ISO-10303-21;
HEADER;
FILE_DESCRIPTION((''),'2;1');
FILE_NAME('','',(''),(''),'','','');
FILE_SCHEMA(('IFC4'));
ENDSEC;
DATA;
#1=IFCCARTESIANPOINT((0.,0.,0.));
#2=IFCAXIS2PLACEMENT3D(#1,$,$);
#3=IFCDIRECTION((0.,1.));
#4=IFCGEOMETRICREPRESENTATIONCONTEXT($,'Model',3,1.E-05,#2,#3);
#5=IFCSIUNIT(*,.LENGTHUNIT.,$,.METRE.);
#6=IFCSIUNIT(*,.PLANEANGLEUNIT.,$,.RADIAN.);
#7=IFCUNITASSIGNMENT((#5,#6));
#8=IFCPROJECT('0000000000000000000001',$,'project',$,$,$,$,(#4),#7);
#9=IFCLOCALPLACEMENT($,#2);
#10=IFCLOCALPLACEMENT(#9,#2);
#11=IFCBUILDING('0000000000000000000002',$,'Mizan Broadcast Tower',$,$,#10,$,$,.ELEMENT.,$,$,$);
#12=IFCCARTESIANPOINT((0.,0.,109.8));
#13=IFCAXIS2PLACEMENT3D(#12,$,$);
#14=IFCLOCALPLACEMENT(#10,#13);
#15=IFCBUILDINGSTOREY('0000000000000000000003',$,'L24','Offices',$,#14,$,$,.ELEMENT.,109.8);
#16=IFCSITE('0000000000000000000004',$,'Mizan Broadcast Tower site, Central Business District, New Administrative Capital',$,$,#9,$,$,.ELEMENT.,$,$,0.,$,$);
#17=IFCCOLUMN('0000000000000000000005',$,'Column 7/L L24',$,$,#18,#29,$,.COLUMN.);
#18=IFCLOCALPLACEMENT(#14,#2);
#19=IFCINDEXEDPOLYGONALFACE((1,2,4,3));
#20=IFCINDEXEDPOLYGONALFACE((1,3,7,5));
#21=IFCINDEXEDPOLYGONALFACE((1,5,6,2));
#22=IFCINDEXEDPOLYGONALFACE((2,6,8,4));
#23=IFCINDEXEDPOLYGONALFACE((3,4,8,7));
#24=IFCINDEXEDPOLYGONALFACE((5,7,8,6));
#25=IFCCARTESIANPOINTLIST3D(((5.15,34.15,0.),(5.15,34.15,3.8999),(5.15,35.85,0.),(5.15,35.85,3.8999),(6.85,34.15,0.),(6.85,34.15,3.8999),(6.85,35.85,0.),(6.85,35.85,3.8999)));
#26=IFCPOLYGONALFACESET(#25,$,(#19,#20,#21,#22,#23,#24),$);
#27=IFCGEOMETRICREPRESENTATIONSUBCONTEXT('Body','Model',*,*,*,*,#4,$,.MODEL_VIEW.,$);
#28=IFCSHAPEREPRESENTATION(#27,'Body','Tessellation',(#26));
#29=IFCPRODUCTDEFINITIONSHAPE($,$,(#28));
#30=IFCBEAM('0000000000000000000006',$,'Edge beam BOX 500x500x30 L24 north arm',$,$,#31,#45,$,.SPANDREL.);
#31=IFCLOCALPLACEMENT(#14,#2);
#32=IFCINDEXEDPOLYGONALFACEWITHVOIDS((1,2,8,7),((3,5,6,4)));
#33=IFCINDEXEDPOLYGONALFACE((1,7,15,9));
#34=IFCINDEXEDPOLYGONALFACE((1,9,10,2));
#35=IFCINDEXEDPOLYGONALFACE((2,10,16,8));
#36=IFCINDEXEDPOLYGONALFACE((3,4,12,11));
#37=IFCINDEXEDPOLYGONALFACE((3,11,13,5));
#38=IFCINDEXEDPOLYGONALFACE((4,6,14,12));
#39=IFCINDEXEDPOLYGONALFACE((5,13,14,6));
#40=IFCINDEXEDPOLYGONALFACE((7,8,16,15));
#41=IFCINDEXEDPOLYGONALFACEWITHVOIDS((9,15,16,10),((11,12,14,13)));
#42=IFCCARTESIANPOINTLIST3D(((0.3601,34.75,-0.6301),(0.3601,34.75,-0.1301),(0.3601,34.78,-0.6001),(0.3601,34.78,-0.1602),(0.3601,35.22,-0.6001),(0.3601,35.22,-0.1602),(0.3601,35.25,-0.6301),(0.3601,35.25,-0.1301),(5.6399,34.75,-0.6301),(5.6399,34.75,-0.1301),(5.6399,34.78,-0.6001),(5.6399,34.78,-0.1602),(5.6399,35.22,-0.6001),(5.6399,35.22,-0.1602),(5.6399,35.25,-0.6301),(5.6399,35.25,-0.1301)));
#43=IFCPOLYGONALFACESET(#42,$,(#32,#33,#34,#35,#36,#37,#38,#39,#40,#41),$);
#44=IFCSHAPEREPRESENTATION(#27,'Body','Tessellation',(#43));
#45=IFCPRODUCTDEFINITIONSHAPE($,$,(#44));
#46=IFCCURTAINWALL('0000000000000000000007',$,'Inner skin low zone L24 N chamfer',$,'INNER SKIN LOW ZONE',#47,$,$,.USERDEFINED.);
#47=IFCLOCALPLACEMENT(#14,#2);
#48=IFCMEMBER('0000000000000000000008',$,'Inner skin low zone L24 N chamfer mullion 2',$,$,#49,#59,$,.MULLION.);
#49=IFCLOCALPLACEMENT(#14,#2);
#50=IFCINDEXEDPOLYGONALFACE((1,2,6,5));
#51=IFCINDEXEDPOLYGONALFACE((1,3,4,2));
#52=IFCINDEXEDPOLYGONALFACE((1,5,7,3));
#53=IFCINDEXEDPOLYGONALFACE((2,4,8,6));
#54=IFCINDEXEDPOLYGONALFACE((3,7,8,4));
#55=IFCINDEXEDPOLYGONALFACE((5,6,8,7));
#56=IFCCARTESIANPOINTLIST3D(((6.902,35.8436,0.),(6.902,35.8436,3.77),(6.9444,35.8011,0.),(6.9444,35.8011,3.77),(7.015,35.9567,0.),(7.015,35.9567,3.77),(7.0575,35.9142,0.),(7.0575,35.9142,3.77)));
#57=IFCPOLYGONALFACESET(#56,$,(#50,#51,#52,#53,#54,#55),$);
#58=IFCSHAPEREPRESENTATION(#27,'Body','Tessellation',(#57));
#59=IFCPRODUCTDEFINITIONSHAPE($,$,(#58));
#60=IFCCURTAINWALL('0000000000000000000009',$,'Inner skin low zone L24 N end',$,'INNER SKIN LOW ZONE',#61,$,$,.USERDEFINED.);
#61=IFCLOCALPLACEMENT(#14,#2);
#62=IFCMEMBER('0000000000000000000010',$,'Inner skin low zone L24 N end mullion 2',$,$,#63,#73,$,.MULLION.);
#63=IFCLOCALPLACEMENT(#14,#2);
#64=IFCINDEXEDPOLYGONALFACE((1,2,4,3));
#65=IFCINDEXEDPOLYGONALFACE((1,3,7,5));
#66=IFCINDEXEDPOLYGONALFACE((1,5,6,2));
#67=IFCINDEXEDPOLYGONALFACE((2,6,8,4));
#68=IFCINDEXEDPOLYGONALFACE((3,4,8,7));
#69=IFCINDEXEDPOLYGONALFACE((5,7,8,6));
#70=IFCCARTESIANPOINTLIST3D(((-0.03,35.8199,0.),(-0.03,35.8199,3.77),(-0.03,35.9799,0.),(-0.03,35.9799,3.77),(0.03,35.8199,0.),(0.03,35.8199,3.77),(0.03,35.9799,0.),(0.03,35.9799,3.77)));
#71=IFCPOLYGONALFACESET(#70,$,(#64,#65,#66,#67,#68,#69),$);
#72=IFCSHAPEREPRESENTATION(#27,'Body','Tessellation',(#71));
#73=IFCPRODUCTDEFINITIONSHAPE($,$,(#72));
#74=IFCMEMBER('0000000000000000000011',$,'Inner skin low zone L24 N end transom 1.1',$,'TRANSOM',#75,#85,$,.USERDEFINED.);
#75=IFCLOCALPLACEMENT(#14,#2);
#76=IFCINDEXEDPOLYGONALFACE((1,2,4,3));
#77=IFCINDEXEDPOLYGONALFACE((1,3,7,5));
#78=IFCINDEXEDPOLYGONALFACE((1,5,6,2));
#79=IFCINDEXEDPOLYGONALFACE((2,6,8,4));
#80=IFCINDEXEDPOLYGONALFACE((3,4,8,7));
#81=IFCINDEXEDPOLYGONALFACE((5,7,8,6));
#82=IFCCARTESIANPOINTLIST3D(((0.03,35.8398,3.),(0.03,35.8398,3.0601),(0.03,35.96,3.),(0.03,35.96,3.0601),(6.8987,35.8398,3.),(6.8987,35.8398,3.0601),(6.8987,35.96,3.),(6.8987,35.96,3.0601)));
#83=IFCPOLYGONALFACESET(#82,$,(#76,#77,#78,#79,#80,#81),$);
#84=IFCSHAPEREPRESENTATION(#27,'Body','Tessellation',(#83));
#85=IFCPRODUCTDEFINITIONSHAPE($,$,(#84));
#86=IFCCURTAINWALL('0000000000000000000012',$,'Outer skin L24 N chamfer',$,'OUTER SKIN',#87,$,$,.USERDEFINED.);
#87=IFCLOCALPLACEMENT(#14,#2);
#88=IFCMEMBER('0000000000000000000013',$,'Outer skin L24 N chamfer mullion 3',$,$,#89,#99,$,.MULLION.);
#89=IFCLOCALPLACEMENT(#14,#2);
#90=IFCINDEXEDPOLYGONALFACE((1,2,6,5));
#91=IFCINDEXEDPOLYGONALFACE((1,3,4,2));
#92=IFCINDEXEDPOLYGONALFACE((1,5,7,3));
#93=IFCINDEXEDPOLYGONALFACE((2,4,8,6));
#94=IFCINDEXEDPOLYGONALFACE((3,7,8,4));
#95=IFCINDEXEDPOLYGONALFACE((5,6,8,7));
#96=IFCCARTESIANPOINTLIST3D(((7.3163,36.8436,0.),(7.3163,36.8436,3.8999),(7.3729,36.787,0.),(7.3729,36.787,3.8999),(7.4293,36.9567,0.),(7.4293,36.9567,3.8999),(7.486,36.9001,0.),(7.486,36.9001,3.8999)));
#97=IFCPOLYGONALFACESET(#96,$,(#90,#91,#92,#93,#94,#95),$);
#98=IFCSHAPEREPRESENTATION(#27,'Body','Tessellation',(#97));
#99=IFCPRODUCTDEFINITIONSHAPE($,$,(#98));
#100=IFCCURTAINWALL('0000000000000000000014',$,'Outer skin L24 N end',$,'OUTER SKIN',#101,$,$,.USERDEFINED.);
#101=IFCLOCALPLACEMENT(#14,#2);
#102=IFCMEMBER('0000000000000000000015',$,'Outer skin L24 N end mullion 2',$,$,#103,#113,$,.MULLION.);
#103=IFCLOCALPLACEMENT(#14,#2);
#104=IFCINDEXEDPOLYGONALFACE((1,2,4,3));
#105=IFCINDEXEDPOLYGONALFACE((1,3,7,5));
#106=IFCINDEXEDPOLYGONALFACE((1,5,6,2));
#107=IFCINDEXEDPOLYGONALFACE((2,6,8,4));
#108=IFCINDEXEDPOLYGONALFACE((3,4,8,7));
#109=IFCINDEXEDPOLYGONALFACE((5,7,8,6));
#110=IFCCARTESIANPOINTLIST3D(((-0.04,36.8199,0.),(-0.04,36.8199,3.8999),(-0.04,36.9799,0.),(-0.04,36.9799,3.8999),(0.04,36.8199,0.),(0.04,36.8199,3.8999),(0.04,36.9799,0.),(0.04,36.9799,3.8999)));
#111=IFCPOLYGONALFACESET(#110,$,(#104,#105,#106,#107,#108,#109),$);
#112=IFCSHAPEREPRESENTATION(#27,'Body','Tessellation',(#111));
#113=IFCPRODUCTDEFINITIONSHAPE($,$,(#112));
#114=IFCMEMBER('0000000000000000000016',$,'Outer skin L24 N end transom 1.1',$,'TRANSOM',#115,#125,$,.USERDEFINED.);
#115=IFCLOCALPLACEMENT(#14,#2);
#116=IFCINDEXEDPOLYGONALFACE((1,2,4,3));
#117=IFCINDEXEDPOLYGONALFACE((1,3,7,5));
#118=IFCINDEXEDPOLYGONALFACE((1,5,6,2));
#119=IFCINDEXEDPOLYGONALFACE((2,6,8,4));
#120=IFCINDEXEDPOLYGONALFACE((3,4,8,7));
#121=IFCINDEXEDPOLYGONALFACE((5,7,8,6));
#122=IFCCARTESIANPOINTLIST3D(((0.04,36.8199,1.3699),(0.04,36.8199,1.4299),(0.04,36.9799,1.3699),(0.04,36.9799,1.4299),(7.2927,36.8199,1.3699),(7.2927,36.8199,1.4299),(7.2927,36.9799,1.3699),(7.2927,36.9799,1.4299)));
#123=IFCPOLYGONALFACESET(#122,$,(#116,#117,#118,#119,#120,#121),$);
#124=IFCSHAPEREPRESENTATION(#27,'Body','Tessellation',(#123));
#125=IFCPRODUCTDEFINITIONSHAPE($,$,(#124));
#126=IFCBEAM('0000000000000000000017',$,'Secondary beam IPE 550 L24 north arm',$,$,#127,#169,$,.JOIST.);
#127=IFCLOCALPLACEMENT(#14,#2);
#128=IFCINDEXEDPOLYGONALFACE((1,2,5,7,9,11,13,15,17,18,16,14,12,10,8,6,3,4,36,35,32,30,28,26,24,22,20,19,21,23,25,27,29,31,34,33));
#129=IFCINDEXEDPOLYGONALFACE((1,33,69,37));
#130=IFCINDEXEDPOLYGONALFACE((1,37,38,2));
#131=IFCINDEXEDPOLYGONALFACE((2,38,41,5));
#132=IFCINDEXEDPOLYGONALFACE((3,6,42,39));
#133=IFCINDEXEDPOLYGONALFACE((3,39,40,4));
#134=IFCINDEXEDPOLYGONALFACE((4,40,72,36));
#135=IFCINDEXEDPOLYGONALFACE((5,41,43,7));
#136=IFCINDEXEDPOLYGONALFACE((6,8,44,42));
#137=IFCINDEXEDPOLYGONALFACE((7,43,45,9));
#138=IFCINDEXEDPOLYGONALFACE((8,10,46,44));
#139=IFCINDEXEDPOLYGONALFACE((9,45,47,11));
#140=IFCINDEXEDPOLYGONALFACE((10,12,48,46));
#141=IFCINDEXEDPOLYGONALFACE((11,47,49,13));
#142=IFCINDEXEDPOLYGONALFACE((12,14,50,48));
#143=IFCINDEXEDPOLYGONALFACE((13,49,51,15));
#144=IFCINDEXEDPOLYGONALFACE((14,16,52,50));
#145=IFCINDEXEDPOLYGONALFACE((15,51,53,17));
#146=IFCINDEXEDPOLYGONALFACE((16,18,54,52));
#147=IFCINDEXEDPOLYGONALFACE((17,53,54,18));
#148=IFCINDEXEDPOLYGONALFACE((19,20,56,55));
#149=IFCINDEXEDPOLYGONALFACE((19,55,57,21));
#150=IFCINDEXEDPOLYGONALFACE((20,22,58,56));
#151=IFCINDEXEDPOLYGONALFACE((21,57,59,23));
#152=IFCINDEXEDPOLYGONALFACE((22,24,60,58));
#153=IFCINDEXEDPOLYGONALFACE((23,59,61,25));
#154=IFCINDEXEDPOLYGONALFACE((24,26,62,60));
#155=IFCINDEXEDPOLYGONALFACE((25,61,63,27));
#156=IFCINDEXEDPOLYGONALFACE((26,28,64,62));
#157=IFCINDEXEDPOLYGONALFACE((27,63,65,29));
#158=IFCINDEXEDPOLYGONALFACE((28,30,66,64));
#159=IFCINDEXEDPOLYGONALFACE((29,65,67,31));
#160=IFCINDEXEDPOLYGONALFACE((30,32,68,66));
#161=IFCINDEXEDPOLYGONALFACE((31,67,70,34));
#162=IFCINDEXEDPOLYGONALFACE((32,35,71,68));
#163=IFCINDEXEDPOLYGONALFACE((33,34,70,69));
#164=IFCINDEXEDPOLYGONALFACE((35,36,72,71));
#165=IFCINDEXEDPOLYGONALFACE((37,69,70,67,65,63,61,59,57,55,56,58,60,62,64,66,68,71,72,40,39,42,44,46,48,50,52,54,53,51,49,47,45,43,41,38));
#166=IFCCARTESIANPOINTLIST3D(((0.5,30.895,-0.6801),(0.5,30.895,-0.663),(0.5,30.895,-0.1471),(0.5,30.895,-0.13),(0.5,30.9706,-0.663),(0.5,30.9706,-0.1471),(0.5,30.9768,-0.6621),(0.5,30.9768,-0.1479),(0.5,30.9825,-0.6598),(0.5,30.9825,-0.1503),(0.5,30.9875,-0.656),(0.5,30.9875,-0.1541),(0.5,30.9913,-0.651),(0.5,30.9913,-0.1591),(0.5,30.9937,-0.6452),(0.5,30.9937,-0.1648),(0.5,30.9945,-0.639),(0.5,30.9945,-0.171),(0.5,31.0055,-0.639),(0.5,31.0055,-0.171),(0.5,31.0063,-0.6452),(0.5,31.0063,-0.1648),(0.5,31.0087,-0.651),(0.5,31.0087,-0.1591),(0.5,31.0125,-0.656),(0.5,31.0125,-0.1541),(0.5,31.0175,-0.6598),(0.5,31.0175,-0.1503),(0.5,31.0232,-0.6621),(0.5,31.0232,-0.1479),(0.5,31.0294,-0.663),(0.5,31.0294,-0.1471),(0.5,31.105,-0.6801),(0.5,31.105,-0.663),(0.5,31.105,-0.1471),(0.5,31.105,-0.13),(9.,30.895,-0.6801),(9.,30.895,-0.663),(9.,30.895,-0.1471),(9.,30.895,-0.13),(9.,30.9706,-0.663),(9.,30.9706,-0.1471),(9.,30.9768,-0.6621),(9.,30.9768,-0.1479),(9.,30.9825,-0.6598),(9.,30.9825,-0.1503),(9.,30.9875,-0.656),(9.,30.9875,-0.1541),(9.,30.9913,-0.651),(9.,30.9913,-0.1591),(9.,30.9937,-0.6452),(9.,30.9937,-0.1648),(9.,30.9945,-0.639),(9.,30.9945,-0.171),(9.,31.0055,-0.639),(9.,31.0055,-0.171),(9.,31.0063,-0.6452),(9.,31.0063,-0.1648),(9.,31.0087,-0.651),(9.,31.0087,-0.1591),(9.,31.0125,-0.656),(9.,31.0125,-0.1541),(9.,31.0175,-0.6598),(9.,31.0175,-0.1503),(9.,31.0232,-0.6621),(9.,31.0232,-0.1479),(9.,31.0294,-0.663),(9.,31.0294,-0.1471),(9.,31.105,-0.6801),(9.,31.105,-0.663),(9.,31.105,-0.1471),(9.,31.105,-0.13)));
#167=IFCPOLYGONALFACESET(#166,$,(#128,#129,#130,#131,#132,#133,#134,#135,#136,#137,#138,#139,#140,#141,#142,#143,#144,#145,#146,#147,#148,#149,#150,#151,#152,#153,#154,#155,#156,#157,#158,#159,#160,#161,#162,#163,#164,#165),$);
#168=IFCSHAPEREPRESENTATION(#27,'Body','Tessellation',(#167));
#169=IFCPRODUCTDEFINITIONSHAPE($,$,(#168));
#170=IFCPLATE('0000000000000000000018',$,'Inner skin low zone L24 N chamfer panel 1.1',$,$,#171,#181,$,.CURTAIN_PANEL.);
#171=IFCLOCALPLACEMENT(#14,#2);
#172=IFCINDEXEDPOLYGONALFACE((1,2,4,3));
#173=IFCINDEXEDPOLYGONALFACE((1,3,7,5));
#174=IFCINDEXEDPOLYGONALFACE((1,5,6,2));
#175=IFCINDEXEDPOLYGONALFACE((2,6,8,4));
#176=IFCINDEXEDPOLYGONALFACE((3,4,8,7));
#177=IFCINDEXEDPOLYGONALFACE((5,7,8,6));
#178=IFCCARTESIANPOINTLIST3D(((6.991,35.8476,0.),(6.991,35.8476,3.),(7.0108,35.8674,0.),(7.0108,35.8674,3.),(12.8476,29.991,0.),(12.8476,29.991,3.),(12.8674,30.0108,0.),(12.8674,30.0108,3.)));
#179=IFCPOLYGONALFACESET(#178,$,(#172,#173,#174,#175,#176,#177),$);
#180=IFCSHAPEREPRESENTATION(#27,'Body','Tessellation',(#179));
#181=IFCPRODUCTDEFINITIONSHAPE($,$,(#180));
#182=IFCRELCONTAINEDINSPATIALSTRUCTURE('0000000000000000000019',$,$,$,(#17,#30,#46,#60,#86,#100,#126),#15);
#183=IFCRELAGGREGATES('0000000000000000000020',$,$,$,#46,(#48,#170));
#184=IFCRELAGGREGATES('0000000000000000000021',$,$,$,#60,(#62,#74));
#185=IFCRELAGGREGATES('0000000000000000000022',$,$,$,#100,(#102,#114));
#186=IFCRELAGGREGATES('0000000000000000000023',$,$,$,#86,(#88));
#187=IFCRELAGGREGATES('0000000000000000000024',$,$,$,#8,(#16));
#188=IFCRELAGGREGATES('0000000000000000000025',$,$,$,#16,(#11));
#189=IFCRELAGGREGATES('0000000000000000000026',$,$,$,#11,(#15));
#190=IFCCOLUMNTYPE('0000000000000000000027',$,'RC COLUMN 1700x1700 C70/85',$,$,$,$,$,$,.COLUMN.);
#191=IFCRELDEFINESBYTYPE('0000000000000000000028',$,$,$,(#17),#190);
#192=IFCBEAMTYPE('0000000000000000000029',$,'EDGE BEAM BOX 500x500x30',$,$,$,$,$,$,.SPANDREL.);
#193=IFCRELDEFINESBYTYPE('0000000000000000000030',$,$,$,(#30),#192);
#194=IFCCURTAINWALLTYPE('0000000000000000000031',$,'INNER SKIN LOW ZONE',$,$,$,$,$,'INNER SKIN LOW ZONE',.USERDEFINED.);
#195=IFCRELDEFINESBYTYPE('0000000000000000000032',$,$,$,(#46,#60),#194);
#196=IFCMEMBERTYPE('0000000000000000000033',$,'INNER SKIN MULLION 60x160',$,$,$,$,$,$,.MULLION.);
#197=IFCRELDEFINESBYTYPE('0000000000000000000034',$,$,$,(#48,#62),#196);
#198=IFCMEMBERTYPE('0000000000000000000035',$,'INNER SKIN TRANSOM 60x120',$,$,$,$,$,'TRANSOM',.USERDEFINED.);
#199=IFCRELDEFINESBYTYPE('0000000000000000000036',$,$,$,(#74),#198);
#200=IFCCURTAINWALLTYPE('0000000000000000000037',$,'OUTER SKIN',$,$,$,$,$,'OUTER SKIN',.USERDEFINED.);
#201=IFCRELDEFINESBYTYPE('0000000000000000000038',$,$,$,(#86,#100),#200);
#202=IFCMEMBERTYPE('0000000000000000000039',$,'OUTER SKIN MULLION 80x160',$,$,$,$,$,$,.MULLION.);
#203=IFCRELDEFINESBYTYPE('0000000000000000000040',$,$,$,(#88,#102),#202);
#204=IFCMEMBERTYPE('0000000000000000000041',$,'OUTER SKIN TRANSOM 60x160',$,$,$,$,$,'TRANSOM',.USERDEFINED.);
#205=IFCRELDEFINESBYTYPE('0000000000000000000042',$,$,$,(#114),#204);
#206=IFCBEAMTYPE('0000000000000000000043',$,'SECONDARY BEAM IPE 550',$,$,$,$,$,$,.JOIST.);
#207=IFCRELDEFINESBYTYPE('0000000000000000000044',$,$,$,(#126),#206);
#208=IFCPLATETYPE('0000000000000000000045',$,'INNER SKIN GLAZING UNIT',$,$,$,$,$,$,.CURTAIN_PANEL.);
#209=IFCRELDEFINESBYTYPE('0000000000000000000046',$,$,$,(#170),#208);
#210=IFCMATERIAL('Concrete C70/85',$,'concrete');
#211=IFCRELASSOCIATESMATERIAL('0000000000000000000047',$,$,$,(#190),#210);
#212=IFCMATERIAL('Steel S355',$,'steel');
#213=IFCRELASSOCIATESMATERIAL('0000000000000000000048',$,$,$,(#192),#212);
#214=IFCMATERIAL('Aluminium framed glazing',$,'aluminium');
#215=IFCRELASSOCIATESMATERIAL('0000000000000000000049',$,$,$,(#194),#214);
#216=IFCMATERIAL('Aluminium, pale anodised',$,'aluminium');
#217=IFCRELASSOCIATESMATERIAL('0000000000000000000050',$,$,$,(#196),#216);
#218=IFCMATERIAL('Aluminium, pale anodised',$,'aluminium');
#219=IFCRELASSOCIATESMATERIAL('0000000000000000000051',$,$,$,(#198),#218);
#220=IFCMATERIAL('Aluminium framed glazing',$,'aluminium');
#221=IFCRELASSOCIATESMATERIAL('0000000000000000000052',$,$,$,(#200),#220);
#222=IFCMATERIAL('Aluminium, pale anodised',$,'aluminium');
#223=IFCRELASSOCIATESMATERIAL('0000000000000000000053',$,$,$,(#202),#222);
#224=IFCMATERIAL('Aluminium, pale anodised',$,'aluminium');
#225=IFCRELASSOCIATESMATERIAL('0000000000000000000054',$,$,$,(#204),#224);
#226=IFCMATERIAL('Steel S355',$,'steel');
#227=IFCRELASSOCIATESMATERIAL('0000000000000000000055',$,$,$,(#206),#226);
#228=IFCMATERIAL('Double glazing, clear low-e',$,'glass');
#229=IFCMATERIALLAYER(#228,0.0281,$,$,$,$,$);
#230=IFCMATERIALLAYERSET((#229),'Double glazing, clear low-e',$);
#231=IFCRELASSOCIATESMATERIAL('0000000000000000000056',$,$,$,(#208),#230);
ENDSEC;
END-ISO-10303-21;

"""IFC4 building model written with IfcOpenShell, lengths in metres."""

from ifc_helpers import new_model, si_unit, direction, frame, origin, origin_2d, place, context, subcontext, project, spatial, rectangle, hollow_rectangle, i_section, extrude, material, layer, layer_set, material_profile, profile_set, type_object, element, aggregate, save


model = new_model("IFC4")

# Units and contexts
model_context = context("Model", 3, precision=1e-05, world=origin(), true_north=direction((0.0, 1.0)))
body_context = subcontext(model_context, "Body", "Model", "MODEL_VIEW")
ifc_project = project(units=[si_unit("LENGTHUNIT", "METRE"), si_unit("PLANEANGLEUNIT", "RADIAN")], contexts=[model_context])

# Site, building, storey
site_placement = place(None, origin())
site = spatial("IfcSite", under=ifc_project, at=site_placement, Name="Mizan Broadcast Tower site, Central Business District, New Administrative Capital", CompositionType="ELEMENT", RefElevation=0.0)
building_placement = place(site_placement, origin())
building = spatial("IfcBuilding", under=site, at=building_placement, Name="Mizan Broadcast Tower", CompositionType="ELEMENT")
storey_placement = place(building_placement, frame((0.0, 0.0, 109.8)))
storey = spatial("IfcBuildingStorey", under=building, at=storey_placement, Name="L24", Description="Offices", CompositionType="ELEMENT", Elevation=109.8)

# Column
ifc_material_1 = material(Name="Concrete C70/85", Category="concrete")
ifc_material_profile_1 = material_profile(ifc_material_1, rectangle(XDim=1.7, YDim=1.7, at=origin_2d()), Name="RC 1700x1700")
ifc_profile_set_1 = profile_set([ifc_material_profile_1], Name="Concrete C70/85")
column_type = type_object("IfcColumnType", Name="RC COLUMN 1700x1700 C70/85", PredefinedType="COLUMN", material=ifc_profile_set_1)
column_placement = place(storey_placement, frame((6.0, 35.0, 0.0), z_axis=(0.0, 0.0, 1.0), x_axis=(1.0, 0.0, 0.0)))
element("IfcColumn", 1, at=column_placement, inside=storey, type_object=column_type, Name="Column 7/L L24", PredefinedType="COLUMN", context=body_context, shape_type="SweptSolid", body=[
    extrude(rectangle(XDim=1.7, YDim=1.7, at=origin_2d()), origin(), (0.0, 0.0, 1.0), 3.8999),
])

# Beam
ifc_material_2 = material(Name="Steel S355", Category="steel")
ifc_material_profile_2 = material_profile(ifc_material_2, hollow_rectangle(XDim=0.5, YDim=0.5, WallThickness=0.03, at=origin_2d()), Name="BOX 500x500x30")
ifc_profile_set_2 = profile_set([ifc_material_profile_2], Name="Steel S355")
beam_type_1 = type_object("IfcBeamType", Name="EDGE BEAM BOX 500x500x30", PredefinedType="SPANDREL", material=ifc_profile_set_2)
beam_1_placement = place(storey_placement, frame((5.6399, 35.0, -0.3801), z_axis=(-1.0, 0.0, 0.0), x_axis=(0.0, -1.0, 0.0)))
element("IfcBeam", 2, at=beam_1_placement, inside=storey, type_object=beam_type_1, Name="Edge beam BOX 500x500x30 L24 north arm", PredefinedType="SPANDREL", context=body_context, shape_type="SweptSolid", body=[
    extrude(hollow_rectangle(XDim=0.5, YDim=0.5, WallThickness=0.03, at=origin_2d()), origin(), (0.0, 0.0, 1.0), 5.2798),
])

# Curtain wall, member
ifc_material_3 = material(Name="Aluminium framed glazing", Category="aluminium")
curtain_wall_type_1 = type_object("IfcCurtainWallType", Name="INNER SKIN LOW ZONE", ElementType="INNER SKIN LOW ZONE", PredefinedType="USERDEFINED", material=ifc_material_3)
curtain_wall_1_placement = place(storey_placement, origin())
curtain_wall_1 = element("IfcCurtainWall", 3, at=curtain_wall_1_placement, inside=storey, type_object=curtain_wall_type_1, Name="Inner skin low zone L24 N chamfer", ObjectType="INNER SKIN LOW ZONE", PredefinedType="USERDEFINED")
ifc_material_4 = material(Name="Aluminium, pale anodised", Category="aluminium")
ifc_material_profile_3 = material_profile(ifc_material_4, rectangle(XDim=0.1599, YDim=0.0601, at=origin_2d()), Name="MULLION 160x60")
ifc_profile_set_3 = profile_set([ifc_material_profile_3], Name="Aluminium, pale anodised")
member_type_1 = type_object("IfcMemberType", Name="INNER SKIN MULLION 60x160", PredefinedType="MULLION", material=ifc_profile_set_3)
member_1_placement = place(storey_placement, frame((6.9797, 35.8789, 0.0), z_axis=(0.0, 0.0, 1.0), x_axis=(-0.707107, -0.707107, 0.0)))
member_1 = element("IfcMember", 4, at=member_1_placement, type_object=member_type_1, Name="Inner skin low zone L24 N chamfer mullion 2", PredefinedType="MULLION", context=body_context, shape_type="SweptSolid", body=[
    extrude(rectangle(XDim=0.1599, YDim=0.0601, at=origin_2d()), origin(), (0.0, 0.0, 1.0), 3.77),
])

# Curtain wall, members
curtain_wall_2_placement = place(storey_placement, origin())
curtain_wall_2 = element("IfcCurtainWall", 5, at=curtain_wall_2_placement, inside=storey, type_object=curtain_wall_type_1, Name="Inner skin low zone L24 N end", ObjectType="INNER SKIN LOW ZONE", PredefinedType="USERDEFINED")
member_2_placement = place(storey_placement, frame((0.0, 35.8999, 0.0), z_axis=(0.0, 0.0, 1.0), x_axis=(0.0, -1.0, 0.0)))
member_2 = element("IfcMember", 6, at=member_2_placement, type_object=member_type_1, Name="Inner skin low zone L24 N end mullion 2", PredefinedType="MULLION", context=body_context, shape_type="SweptSolid", body=[
    extrude(rectangle(XDim=0.1599, YDim=0.0601, at=origin_2d()), origin(), (0.0, 0.0, 1.0), 3.77),
])
ifc_material_5 = material(Name="Aluminium, pale anodised", Category="aluminium")
ifc_material_profile_4 = material_profile(ifc_material_5, rectangle(XDim=0.1201, YDim=0.0601, at=origin_2d()), Name="TRANSOM 120x60")
ifc_profile_set_4 = profile_set([ifc_material_profile_4], Name="Aluminium, pale anodised")
member_type_2 = type_object("IfcMemberType", Name="INNER SKIN TRANSOM 60x120", ElementType="TRANSOM", PredefinedType="USERDEFINED", material=ifc_profile_set_4)
member_3_placement = place(storey_placement, frame((6.8987, 35.8999, 3.03), z_axis=(-1.0, 0.0, 0.0), x_axis=(0.0, -1.0, 0.0)))
member_3 = element("IfcMember", 7, at=member_3_placement, type_object=member_type_2, Name="Inner skin low zone L24 N end transom 1.1", ObjectType="TRANSOM", PredefinedType="USERDEFINED", context=body_context, shape_type="SweptSolid", body=[
    extrude(rectangle(XDim=0.1201, YDim=0.0601, at=origin_2d()), origin(), (0.0, 0.0, 1.0), 6.8687),
])

# Curtain wall, member
ifc_material_6 = material(Name="Aluminium framed glazing", Category="aluminium")
curtain_wall_type_2 = type_object("IfcCurtainWallType", Name="OUTER SKIN", ElementType="OUTER SKIN", PredefinedType="USERDEFINED", material=ifc_material_6)
curtain_wall_3_placement = place(storey_placement, origin())
curtain_wall_3 = element("IfcCurtainWall", 8, at=curtain_wall_3_placement, inside=storey, type_object=curtain_wall_type_2, Name="Outer skin L24 N chamfer", ObjectType="OUTER SKIN", PredefinedType="USERDEFINED")
ifc_material_7 = material(Name="Aluminium, pale anodised", Category="aluminium")
ifc_material_profile_5 = material_profile(ifc_material_7, rectangle(XDim=0.1599, YDim=0.0801, at=origin_2d()), Name="MULLION 160x80")
ifc_profile_set_5 = profile_set([ifc_material_profile_5], Name="Aluminium, pale anodised")
member_type_3 = type_object("IfcMemberType", Name="OUTER SKIN MULLION 80x160", PredefinedType="MULLION", material=ifc_profile_set_5)
member_4_placement = place(storey_placement, frame((7.4011, 36.8718, 0.0), z_axis=(0.0, 0.0, 1.0), x_axis=(-0.707107, -0.707107, 0.0)))
member_4 = element("IfcMember", 9, at=member_4_placement, type_object=member_type_3, Name="Outer skin L24 N chamfer mullion 3", PredefinedType="MULLION", context=body_context, shape_type="SweptSolid", body=[
    extrude(rectangle(XDim=0.1599, YDim=0.0801, at=origin_2d()), origin(), (0.0, 0.0, 1.0), 3.8999),
])

# Curtain wall, members
curtain_wall_4_placement = place(storey_placement, origin())
curtain_wall_4 = element("IfcCurtainWall", 10, at=curtain_wall_4_placement, inside=storey, type_object=curtain_wall_type_2, Name="Outer skin L24 N end", ObjectType="OUTER SKIN", PredefinedType="USERDEFINED")
member_5_placement = place(storey_placement, frame((0.0, 36.8999, 0.0), z_axis=(0.0, 0.0, 1.0), x_axis=(0.0, -1.0, 0.0)))
member_5 = element("IfcMember", 11, at=member_5_placement, type_object=member_type_3, Name="Outer skin L24 N end mullion 2", PredefinedType="MULLION", context=body_context, shape_type="SweptSolid", body=[
    extrude(rectangle(XDim=0.1599, YDim=0.0801, at=origin_2d()), origin(), (0.0, 0.0, 1.0), 3.8999),
])
ifc_material_8 = material(Name="Aluminium, pale anodised", Category="aluminium")
ifc_material_profile_6 = material_profile(ifc_material_8, rectangle(XDim=0.1599, YDim=0.0601, at=origin_2d()), Name="TRANSOM 160x60")
ifc_profile_set_6 = profile_set([ifc_material_profile_6], Name="Aluminium, pale anodised")
member_type_4 = type_object("IfcMemberType", Name="OUTER SKIN TRANSOM 60x160", ElementType="TRANSOM", PredefinedType="USERDEFINED", material=ifc_profile_set_6)
member_6_placement = place(storey_placement, frame((7.2927, 36.8999, 1.3999), z_axis=(-1.0, 0.0, 0.0), x_axis=(0.0, -1.0, 0.0)))
member_6 = element("IfcMember", 12, at=member_6_placement, type_object=member_type_4, Name="Outer skin L24 N end transom 1.1", ObjectType="TRANSOM", PredefinedType="USERDEFINED", context=body_context, shape_type="SweptSolid", body=[
    extrude(rectangle(XDim=0.1599, YDim=0.0601, at=origin_2d()), origin(), (0.0, 0.0, 1.0), 7.2527),
])

# Beam
ifc_material_9 = material(Name="Steel S355", Category="steel")
ifc_material_profile_7 = material_profile(ifc_material_9, i_section(OverallWidth=0.21, OverallDepth=0.55, WebThickness=0.011, FlangeThickness=0.0171, FilletRadius=0.0239, at=origin_2d()), Name="IPE 550")
ifc_profile_set_7 = profile_set([ifc_material_profile_7], Name="Steel S355")
beam_type_2 = type_object("IfcBeamType", Name="SECONDARY BEAM IPE 550", PredefinedType="JOIST", material=ifc_profile_set_7)
beam_2_placement = place(storey_placement, frame((9.0, 31.0, -0.405), z_axis=(-1.0, 0.0, 0.0), x_axis=(0.0, -1.0, 0.0)))
element("IfcBeam", 13, at=beam_2_placement, inside=storey, type_object=beam_type_2, Name="Secondary beam IPE 550 L24 north arm", PredefinedType="JOIST", context=body_context, shape_type="SweptSolid", body=[
    extrude(i_section(OverallWidth=0.21, OverallDepth=0.55, WebThickness=0.011, FlangeThickness=0.0171, FilletRadius=0.0239, at=origin_2d()), origin(), (0.0, 0.0, 1.0), 8.5),
])

# Plate
ifc_material_10 = material(Name="Double glazing, clear low-e", Category="glass")
ifc_layer_1 = layer(ifc_material_10, 0.0281)
ifc_layer_set_1 = layer_set([ifc_layer_1], Name="Double glazing, clear low-e")
plate_type_1 = type_object("IfcPlateType", Name="INNER SKIN GLAZING UNIT", PredefinedType="CURTAIN_PANEL", material=ifc_layer_set_1)
plate_1_placement = place(storey_placement, frame((9.9292, 32.9292, 0.0), z_axis=(0.0, 0.0, 1.0), x_axis=(-0.707107, 0.707107, 0.0)))
plate_1 = element("IfcPlate", 14, at=plate_1_placement, type_object=plate_type_1, Name="Inner skin low zone L24 N chamfer panel 1.1", PredefinedType="CURTAIN_PANEL", context=body_context, shape_type="SweptSolid", body=[
    extrude(rectangle(XDim=8.2825, YDim=0.0281, at=origin_2d()), origin(), (0.0, 0.0, 1.0), 3.0),
])
aggregate(curtain_wall_1, [member_1, plate_1])
aggregate(curtain_wall_2, [member_2, member_3])
aggregate(curtain_wall_4, [member_5, member_6])
aggregate(curtain_wall_3, [member_4])

save(model, "model.ifc")
